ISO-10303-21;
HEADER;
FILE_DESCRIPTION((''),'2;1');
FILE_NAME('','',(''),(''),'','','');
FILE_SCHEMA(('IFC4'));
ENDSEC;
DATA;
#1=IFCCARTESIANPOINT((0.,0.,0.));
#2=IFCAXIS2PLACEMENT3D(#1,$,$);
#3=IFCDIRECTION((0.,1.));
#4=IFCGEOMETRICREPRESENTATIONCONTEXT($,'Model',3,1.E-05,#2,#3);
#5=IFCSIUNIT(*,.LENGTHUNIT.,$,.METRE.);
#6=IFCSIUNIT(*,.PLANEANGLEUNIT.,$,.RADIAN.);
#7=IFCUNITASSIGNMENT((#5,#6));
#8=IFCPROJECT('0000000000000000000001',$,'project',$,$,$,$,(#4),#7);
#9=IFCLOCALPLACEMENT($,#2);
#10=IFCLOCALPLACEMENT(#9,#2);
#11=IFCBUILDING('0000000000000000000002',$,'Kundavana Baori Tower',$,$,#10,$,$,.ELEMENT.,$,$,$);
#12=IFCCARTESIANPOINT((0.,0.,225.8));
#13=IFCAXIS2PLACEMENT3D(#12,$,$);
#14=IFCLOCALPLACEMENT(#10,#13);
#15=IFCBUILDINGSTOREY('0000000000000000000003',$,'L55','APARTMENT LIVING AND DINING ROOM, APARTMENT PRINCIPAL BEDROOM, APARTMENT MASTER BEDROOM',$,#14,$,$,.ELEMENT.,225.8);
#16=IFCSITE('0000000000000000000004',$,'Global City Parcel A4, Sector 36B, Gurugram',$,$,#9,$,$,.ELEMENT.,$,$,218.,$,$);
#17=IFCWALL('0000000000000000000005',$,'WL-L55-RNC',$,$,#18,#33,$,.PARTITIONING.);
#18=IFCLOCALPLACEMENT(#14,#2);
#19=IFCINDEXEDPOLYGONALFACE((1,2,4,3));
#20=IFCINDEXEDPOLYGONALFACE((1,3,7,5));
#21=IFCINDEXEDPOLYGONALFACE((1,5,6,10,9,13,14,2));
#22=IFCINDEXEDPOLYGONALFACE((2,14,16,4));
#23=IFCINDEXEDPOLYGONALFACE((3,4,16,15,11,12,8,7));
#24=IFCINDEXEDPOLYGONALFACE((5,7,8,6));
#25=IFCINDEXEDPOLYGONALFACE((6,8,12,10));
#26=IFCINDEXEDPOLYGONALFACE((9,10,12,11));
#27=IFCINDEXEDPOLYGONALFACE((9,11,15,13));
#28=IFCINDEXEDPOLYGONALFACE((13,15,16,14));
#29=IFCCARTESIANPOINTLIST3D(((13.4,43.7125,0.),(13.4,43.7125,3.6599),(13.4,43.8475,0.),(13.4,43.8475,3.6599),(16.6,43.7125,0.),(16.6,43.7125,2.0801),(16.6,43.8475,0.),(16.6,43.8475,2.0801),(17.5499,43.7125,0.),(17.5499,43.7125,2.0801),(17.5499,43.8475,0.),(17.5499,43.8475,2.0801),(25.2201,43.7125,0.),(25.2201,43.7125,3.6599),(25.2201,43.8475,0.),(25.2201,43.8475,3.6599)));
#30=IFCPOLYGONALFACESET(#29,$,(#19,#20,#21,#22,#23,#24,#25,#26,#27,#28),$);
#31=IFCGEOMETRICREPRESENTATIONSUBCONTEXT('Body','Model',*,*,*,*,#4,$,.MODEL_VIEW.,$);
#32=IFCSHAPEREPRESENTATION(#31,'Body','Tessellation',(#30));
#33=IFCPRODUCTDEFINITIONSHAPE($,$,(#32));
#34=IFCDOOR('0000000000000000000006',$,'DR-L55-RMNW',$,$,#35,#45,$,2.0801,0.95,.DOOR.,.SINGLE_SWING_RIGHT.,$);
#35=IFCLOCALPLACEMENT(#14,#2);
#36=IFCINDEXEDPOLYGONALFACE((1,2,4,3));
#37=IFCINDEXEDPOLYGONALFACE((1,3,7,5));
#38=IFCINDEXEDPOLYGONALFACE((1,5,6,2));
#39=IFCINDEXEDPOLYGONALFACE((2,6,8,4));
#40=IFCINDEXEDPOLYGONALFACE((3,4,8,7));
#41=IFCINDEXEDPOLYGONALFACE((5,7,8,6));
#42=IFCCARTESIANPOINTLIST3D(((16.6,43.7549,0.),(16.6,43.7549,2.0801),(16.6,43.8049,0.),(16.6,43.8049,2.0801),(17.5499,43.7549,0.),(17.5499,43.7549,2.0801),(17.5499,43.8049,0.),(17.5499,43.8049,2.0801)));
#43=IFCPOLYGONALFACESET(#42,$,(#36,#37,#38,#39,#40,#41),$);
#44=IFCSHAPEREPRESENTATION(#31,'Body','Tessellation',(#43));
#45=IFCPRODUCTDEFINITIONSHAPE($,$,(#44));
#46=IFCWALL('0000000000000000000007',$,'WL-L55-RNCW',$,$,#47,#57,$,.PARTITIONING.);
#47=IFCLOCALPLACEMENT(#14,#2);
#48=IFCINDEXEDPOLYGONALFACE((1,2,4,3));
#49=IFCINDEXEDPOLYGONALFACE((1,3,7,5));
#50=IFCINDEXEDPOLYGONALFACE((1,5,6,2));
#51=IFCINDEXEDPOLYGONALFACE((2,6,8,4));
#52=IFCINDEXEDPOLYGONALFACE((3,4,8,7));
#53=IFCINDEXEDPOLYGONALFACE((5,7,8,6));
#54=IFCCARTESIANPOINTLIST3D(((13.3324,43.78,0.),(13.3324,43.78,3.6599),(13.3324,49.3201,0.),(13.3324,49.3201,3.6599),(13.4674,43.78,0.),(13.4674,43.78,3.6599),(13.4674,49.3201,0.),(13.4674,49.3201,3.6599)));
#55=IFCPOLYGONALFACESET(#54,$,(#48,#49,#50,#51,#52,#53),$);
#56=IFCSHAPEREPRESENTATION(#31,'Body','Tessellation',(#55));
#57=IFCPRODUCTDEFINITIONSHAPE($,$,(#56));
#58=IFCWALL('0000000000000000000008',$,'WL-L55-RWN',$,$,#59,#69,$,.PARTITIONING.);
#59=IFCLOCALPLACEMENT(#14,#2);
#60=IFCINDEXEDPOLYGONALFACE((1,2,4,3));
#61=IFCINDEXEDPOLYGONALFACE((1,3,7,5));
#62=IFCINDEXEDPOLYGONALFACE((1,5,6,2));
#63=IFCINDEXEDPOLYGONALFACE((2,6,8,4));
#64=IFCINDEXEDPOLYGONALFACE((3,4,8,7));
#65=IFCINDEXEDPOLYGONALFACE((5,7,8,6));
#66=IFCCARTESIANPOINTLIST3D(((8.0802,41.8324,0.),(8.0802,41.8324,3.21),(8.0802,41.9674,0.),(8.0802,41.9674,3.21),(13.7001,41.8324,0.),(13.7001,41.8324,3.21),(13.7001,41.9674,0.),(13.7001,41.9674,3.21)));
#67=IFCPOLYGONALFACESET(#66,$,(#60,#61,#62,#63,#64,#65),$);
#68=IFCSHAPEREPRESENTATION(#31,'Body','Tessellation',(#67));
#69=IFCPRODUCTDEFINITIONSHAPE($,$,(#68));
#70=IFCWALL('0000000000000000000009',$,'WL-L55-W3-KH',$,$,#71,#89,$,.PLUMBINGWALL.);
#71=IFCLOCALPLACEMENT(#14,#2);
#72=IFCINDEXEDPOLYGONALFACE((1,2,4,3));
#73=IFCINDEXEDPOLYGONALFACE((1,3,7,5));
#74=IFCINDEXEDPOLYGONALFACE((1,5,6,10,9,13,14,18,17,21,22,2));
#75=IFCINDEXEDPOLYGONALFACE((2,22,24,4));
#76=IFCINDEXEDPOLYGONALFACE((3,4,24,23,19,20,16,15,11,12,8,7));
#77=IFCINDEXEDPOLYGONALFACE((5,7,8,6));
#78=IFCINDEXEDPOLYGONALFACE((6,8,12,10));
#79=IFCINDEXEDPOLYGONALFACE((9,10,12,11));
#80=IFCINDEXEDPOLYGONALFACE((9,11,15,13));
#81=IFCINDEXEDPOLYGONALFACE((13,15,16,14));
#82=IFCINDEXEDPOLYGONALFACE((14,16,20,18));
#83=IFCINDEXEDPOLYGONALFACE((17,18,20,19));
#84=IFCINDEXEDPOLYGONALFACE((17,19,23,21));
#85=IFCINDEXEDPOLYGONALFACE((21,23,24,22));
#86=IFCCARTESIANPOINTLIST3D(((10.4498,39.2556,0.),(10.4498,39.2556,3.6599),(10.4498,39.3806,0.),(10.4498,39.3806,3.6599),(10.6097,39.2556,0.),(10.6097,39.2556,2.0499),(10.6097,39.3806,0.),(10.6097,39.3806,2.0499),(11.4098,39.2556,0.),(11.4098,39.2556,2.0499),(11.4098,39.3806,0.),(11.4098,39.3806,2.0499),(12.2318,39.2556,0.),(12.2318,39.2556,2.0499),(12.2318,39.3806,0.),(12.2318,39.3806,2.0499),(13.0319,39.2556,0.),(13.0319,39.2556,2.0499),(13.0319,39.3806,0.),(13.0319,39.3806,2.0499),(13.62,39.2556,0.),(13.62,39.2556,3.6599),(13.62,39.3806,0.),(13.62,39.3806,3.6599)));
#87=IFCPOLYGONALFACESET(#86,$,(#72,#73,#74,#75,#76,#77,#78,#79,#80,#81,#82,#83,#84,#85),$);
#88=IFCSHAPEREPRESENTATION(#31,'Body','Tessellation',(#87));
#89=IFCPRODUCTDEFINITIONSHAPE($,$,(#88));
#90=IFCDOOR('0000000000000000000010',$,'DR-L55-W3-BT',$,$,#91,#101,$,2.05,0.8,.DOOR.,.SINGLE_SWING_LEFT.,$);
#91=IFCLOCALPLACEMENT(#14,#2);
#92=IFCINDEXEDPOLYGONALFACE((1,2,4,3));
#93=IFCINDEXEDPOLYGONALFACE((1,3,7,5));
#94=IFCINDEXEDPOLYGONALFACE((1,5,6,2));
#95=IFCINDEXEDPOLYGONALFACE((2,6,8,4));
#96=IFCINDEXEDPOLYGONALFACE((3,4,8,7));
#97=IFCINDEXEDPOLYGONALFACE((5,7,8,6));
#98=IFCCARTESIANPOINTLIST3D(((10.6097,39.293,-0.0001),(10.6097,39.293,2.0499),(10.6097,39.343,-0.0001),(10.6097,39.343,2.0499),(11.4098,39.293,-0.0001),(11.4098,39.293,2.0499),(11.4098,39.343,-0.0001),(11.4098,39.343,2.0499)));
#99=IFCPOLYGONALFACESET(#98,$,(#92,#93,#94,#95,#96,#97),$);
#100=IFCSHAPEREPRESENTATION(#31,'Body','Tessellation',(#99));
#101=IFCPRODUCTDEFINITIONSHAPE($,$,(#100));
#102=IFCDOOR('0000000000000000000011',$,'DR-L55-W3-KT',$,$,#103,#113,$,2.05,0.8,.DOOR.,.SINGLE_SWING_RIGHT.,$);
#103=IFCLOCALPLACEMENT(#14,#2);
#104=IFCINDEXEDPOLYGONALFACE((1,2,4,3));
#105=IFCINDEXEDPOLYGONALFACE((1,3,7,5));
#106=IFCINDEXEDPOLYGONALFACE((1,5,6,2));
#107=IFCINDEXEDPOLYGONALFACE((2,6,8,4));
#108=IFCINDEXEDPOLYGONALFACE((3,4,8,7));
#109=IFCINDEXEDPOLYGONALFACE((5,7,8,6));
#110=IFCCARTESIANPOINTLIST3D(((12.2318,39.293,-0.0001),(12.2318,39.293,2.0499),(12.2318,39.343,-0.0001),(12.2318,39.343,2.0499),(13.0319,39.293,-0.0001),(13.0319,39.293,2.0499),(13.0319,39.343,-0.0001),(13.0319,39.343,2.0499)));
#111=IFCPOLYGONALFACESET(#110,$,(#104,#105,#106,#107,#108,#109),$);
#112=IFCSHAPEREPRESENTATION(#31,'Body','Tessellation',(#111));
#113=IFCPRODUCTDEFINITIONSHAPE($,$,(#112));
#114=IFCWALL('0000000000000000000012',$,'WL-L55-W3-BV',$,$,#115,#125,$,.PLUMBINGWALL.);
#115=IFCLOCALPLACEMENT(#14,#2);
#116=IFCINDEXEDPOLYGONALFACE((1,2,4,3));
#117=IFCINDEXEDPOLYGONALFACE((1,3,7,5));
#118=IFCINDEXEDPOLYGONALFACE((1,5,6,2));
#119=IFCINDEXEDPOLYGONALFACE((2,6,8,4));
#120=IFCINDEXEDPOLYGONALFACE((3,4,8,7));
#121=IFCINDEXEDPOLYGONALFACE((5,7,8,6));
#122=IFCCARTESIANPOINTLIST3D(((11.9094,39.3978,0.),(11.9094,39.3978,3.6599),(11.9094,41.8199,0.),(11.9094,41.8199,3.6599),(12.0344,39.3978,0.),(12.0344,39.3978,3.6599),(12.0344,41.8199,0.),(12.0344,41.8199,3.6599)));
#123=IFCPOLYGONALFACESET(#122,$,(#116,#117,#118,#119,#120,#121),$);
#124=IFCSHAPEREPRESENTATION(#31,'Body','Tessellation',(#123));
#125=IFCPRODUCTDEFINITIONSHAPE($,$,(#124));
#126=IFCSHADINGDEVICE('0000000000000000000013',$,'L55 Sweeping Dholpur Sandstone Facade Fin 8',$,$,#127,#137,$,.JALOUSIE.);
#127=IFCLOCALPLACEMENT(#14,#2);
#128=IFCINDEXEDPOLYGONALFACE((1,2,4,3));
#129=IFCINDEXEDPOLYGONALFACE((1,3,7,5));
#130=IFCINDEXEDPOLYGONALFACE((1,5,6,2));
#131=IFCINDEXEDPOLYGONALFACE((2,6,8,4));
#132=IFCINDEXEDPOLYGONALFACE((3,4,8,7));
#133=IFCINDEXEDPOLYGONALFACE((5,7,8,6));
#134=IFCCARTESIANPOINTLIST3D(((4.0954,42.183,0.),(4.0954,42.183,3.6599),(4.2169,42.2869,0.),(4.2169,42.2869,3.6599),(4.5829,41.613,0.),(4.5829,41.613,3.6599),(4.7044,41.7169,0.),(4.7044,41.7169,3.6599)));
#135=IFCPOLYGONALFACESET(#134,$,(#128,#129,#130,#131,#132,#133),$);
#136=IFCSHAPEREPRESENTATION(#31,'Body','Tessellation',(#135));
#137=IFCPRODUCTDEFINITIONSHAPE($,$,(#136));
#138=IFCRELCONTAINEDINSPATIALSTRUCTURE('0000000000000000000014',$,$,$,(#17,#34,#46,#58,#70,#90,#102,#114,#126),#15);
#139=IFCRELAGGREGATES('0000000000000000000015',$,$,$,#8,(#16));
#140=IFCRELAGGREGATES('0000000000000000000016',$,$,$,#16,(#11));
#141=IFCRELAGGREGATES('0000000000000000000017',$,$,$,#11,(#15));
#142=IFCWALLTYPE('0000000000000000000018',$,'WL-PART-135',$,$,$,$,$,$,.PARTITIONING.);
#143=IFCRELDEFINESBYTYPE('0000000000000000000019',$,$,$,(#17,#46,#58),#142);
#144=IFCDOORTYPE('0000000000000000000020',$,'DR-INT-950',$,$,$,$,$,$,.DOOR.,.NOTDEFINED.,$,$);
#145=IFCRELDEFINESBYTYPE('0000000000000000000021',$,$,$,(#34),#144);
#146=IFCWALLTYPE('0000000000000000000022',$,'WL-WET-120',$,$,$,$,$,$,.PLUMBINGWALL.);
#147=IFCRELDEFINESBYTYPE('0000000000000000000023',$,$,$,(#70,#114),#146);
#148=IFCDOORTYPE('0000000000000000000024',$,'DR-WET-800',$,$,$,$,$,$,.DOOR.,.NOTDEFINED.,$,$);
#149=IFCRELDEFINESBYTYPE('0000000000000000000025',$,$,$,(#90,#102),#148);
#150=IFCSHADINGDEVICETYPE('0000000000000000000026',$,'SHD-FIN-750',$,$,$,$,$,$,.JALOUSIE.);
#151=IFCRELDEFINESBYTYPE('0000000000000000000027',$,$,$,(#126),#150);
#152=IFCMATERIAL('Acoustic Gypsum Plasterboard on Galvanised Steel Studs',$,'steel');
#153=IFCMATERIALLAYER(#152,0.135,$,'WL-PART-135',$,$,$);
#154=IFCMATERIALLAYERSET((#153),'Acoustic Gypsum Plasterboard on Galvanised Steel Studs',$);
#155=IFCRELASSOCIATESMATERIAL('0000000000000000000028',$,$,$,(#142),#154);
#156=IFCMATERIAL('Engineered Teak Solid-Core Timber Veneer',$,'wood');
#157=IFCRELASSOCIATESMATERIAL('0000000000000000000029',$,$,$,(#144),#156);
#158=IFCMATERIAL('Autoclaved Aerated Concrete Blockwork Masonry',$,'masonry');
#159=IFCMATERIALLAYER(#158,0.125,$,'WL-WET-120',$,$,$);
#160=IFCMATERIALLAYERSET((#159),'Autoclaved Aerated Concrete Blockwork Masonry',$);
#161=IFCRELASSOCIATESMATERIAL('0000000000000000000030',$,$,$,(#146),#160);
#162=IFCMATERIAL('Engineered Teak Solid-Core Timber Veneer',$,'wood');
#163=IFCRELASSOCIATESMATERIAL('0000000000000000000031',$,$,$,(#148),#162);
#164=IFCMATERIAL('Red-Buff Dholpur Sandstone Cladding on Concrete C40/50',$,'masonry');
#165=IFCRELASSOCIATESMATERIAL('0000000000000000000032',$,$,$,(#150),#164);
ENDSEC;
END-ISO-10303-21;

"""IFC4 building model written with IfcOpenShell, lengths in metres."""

from ifc_helpers import new_model, si_unit, direction, frame, frame_2d, origin, origin_2d, place, context, subcontext, project, spatial, rectangle, extrude, material, layer, layer_set, type_object, element, fill, save


model = new_model("IFC4")

# Units and contexts
model_context = context("Model", 3, precision=1e-05, world=origin(), true_north=direction((0.0, 1.0)))
body_context = subcontext(model_context, "Body", "Model", "MODEL_VIEW")
ifc_project = project(units=[si_unit("LENGTHUNIT", "METRE"), si_unit("PLANEANGLEUNIT", "RADIAN")], contexts=[model_context])

# Site, building, storey
site_placement = place(None, origin())
site = spatial("IfcSite", under=ifc_project, at=site_placement, Name="Global City Parcel A4, Sector 36B, Gurugram", CompositionType="ELEMENT", RefElevation=218.0)
building_placement = place(site_placement, origin())
building = spatial("IfcBuilding", under=site, at=building_placement, Name="Kundavana Baori Tower", CompositionType="ELEMENT")
storey_placement = place(building_placement, frame((0.0, 0.0, 225.8)))
storey = spatial("IfcBuildingStorey", under=building, at=storey_placement, Name="L55", Description="APARTMENT LIVING AND DINING ROOM, APARTMENT PRINCIPAL BEDROOM, APARTMENT MASTER BEDROOM", CompositionType="ELEMENT", Elevation=225.8)

# Wall, opening, door
ifc_material_1 = material(Name="Acoustic Gypsum Plasterboard on Galvanised Steel Studs", Category="steel")
ifc_layer_1 = layer(ifc_material_1, 0.135, Name="WL-PART-135")
ifc_layer_set_1 = layer_set([ifc_layer_1], Name="Acoustic Gypsum Plasterboard on Galvanised Steel Studs")
wall_type_1 = type_object("IfcWallType", Name="WL-PART-135", PredefinedType="PARTITIONING", material=ifc_layer_set_1)
wall_1_placement = place(storey_placement, frame((13.3999, 43.78, 0.0), z_axis=(0.0, 0.0, 1.0), x_axis=(1.0, 0.0, 0.0)))
wall_1 = element("IfcWall", 1, at=wall_1_placement, inside=storey, type_object=wall_type_1, Name="WL-L55-RNC", PredefinedType="PARTITIONING", context=body_context, shape_type="SweptSolid", body=[
    extrude(rectangle(XDim=11.8201, YDim=0.135, at=frame_2d((5.9102, 0.0))), origin(), (0.0, 0.0, 1.0), 3.6599),
])
opening_1_placement = place(wall_1_placement, frame((3.2, 0.0, 0.0)))
opening_1 = element("IfcOpeningElement", 2, at=opening_1_placement, cuts=wall_1, PredefinedType="OPENING", context=body_context, shape_type="SweptSolid", body=[
    extrude(rectangle(XDim=0.95, YDim=2.0801, at=frame_2d((0.4751, 1.04))), frame((0.0, 0.0776, 0.0), z_axis=(0.0, -1.0, 0.0), x_axis=(1.0, 0.0, 0.0)), (0.0, 0.0, 1.0), 0.155),
])
ifc_material_2 = material(Name="Engineered Teak Solid-Core Timber Veneer", Category="wood")
door_type_1 = type_object("IfcDoorType", Name="DR-INT-950", OperationType="NOTDEFINED", PredefinedType="DOOR", material=ifc_material_2)
door_1_placement = place(opening_1_placement, origin())
door_1 = element("IfcDoor", 3, at=door_1_placement, inside=storey, type_object=door_type_1, Name="DR-L55-RMNW", OperationType="SINGLE_SWING_RIGHT", OverallHeight=2.0801, OverallWidth=0.95, PredefinedType="DOOR", context=body_context, shape_type="SweptSolid", body=[
    extrude(rectangle(XDim=0.95, YDim=2.0801, at=frame_2d((0.4751, 1.04))), frame((0.0, 0.0249, 0.0), z_axis=(0.0, -1.0, 0.0), x_axis=(1.0, 0.0, 0.0)), (0.0, 0.0, 1.0), 0.05),
])
fill(opening_1, door_1)

# Walls
wall_2_placement = place(storey_placement, frame((13.3999, 43.78, 0.0), z_axis=(0.0, 0.0, 1.0), x_axis=(0.0, 1.0, 0.0)))
element("IfcWall", 4, at=wall_2_placement, inside=storey, type_object=wall_type_1, Name="WL-L55-RNCW", PredefinedType="PARTITIONING", context=body_context, shape_type="SweptSolid", body=[
    extrude(rectangle(XDim=5.54, YDim=0.135, at=frame_2d((2.77, 0.0))), origin(), (0.0, 0.0, 1.0), 3.6599),
])
wall_3_placement = place(storey_placement, frame((8.0801, 41.8999, 0.0), z_axis=(0.0, 0.0, 1.0), x_axis=(1.0, 0.0, 0.0)))
element("IfcWall", 5, at=wall_3_placement, inside=storey, type_object=wall_type_1, Name="WL-L55-RWN", PredefinedType="PARTITIONING", context=body_context, shape_type="SweptSolid", body=[
    extrude(rectangle(XDim=5.6199, YDim=0.135, at=frame_2d((2.8101, 0.0))), origin(), (0.0, 0.0, 1.0), 3.21),
])

# Wall, openings, doors
ifc_material_3 = material(Name="Autoclaved Aerated Concrete Blockwork Masonry", Category="masonry")
ifc_layer_2 = layer(ifc_material_3, 0.125, Name="WL-WET-120")
ifc_layer_set_2 = layer_set([ifc_layer_2], Name="Autoclaved Aerated Concrete Blockwork Masonry")
wall_type_2 = type_object("IfcWallType", Name="WL-WET-120", PredefinedType="PLUMBINGWALL", material=ifc_layer_set_2)
wall_4_placement = place(storey_placement, frame((10.45, 39.3181, 0.0), z_axis=(0.0, 0.0, 1.0), x_axis=(1.0, 0.0, 0.0)))
wall_4 = element("IfcWall", 6, at=wall_4_placement, inside=storey, type_object=wall_type_2, Name="WL-L55-W3-KH", PredefinedType="PLUMBINGWALL", context=body_context, shape_type="SweptSolid", body=[
    extrude(rectangle(XDim=3.1702, YDim=0.125, at=frame_2d((1.585, 0.0))), origin(), (0.0, 0.0, 1.0), 3.6599),
])
opening_2_placement = place(wall_4_placement, frame((0.1599, 0.0, 0.0)))
opening_2 = element("IfcOpeningElement", 7, at=opening_2_placement, cuts=wall_4, PredefinedType="OPENING", context=body_context, shape_type="SweptSolid", body=[
    extrude(rectangle(XDim=0.8, YDim=2.05, at=frame_2d((0.3999, 1.0249))), frame((0.0, 0.0725, 0.0), z_axis=(0.0, -1.0, 0.0), x_axis=(1.0, 0.0, 0.0)), (0.0, 0.0, 1.0), 0.145),
])
opening_3_placement = place(wall_4_placement, frame((1.782, 0.0, 0.0)))
opening_3 = element("IfcOpeningElement", 8, at=opening_3_placement, cuts=wall_4, PredefinedType="OPENING", context=body_context, shape_type="SweptSolid", body=[
    extrude(rectangle(XDim=0.8, YDim=2.05, at=frame_2d((0.3999, 1.0249))), frame((0.0, 0.0725, 0.0), z_axis=(0.0, -1.0, 0.0), x_axis=(1.0, 0.0, 0.0)), (0.0, 0.0, 1.0), 0.145),
])
ifc_material_4 = material(Name="Engineered Teak Solid-Core Timber Veneer", Category="wood")
door_type_2 = type_object("IfcDoorType", Name="DR-WET-800", OperationType="NOTDEFINED", PredefinedType="DOOR", material=ifc_material_4)
door_2_placement = place(opening_2_placement, origin())
door_2 = element("IfcDoor", 9, at=door_2_placement, inside=storey, type_object=door_type_2, Name="DR-L55-W3-BT", OperationType="SINGLE_SWING_LEFT", OverallHeight=2.05, OverallWidth=0.8, PredefinedType="DOOR", context=body_context, shape_type="SweptSolid", body=[
    extrude(rectangle(XDim=0.8, YDim=2.05, at=frame_2d((0.3999, 1.0249))), frame((0.0, 0.0249, 0.0), z_axis=(0.0, -1.0, 0.0), x_axis=(1.0, 0.0, 0.0)), (0.0, 0.0, 1.0), 0.05),
])
fill(opening_2, door_2)
door_3_placement = place(opening_3_placement, origin())
door_3 = element("IfcDoor", 10, at=door_3_placement, inside=storey, type_object=door_type_2, Name="DR-L55-W3-KT", OperationType="SINGLE_SWING_RIGHT", OverallHeight=2.05, OverallWidth=0.8, PredefinedType="DOOR", context=body_context, shape_type="SweptSolid", body=[
    extrude(rectangle(XDim=0.8, YDim=2.05, at=frame_2d((0.3999, 1.0249))), frame((0.0, 0.0249, 0.0), z_axis=(0.0, -1.0, 0.0), x_axis=(1.0, 0.0, 0.0)), (0.0, 0.0, 1.0), 0.05),
])
fill(opening_3, door_3)

# Wall
wall_5_placement = place(storey_placement, frame((11.9719, 39.3979, 0.0), z_axis=(0.0, 0.0, 1.0), x_axis=(0.0, 1.0, 0.0)))
element("IfcWall", 11, at=wall_5_placement, inside=storey, type_object=wall_type_2, Name="WL-L55-W3-BV", PredefinedType="PLUMBINGWALL", context=body_context, shape_type="SweptSolid", body=[
    extrude(rectangle(XDim=2.4221, YDim=0.125, at=frame_2d((1.2109, 0.0))), origin(), (0.0, 0.0, 1.0), 3.6599),
])

# Shading device
ifc_material_5 = material(Name="Red-Buff Dholpur Sandstone Cladding on Concrete C40/50", Category="masonry")
shading_device_type = type_object("IfcShadingDeviceType", Name="SHD-FIN-750", PredefinedType="JALOUSIE", material=ifc_material_5)
shading_device_placement = place(storey_placement, frame((4.3999, 41.95, 0.0), z_axis=(0.0, 0.0, 1.0), x_axis=(0.759952, 0.649979, 0.0)))
element("IfcShadingDevice", 12, at=shading_device_placement, inside=storey, type_object=shading_device_type, Name="L55 Sweeping Dholpur Sandstone Facade Fin 8", PredefinedType="JALOUSIE", context=body_context, shape_type="SweptSolid", body=[
    extrude(rectangle(XDim=0.1599, YDim=0.75, at=origin_2d()), origin(), (0.0, 0.0, 1.0), 3.6599),
])

save(model, "model.ifc")
